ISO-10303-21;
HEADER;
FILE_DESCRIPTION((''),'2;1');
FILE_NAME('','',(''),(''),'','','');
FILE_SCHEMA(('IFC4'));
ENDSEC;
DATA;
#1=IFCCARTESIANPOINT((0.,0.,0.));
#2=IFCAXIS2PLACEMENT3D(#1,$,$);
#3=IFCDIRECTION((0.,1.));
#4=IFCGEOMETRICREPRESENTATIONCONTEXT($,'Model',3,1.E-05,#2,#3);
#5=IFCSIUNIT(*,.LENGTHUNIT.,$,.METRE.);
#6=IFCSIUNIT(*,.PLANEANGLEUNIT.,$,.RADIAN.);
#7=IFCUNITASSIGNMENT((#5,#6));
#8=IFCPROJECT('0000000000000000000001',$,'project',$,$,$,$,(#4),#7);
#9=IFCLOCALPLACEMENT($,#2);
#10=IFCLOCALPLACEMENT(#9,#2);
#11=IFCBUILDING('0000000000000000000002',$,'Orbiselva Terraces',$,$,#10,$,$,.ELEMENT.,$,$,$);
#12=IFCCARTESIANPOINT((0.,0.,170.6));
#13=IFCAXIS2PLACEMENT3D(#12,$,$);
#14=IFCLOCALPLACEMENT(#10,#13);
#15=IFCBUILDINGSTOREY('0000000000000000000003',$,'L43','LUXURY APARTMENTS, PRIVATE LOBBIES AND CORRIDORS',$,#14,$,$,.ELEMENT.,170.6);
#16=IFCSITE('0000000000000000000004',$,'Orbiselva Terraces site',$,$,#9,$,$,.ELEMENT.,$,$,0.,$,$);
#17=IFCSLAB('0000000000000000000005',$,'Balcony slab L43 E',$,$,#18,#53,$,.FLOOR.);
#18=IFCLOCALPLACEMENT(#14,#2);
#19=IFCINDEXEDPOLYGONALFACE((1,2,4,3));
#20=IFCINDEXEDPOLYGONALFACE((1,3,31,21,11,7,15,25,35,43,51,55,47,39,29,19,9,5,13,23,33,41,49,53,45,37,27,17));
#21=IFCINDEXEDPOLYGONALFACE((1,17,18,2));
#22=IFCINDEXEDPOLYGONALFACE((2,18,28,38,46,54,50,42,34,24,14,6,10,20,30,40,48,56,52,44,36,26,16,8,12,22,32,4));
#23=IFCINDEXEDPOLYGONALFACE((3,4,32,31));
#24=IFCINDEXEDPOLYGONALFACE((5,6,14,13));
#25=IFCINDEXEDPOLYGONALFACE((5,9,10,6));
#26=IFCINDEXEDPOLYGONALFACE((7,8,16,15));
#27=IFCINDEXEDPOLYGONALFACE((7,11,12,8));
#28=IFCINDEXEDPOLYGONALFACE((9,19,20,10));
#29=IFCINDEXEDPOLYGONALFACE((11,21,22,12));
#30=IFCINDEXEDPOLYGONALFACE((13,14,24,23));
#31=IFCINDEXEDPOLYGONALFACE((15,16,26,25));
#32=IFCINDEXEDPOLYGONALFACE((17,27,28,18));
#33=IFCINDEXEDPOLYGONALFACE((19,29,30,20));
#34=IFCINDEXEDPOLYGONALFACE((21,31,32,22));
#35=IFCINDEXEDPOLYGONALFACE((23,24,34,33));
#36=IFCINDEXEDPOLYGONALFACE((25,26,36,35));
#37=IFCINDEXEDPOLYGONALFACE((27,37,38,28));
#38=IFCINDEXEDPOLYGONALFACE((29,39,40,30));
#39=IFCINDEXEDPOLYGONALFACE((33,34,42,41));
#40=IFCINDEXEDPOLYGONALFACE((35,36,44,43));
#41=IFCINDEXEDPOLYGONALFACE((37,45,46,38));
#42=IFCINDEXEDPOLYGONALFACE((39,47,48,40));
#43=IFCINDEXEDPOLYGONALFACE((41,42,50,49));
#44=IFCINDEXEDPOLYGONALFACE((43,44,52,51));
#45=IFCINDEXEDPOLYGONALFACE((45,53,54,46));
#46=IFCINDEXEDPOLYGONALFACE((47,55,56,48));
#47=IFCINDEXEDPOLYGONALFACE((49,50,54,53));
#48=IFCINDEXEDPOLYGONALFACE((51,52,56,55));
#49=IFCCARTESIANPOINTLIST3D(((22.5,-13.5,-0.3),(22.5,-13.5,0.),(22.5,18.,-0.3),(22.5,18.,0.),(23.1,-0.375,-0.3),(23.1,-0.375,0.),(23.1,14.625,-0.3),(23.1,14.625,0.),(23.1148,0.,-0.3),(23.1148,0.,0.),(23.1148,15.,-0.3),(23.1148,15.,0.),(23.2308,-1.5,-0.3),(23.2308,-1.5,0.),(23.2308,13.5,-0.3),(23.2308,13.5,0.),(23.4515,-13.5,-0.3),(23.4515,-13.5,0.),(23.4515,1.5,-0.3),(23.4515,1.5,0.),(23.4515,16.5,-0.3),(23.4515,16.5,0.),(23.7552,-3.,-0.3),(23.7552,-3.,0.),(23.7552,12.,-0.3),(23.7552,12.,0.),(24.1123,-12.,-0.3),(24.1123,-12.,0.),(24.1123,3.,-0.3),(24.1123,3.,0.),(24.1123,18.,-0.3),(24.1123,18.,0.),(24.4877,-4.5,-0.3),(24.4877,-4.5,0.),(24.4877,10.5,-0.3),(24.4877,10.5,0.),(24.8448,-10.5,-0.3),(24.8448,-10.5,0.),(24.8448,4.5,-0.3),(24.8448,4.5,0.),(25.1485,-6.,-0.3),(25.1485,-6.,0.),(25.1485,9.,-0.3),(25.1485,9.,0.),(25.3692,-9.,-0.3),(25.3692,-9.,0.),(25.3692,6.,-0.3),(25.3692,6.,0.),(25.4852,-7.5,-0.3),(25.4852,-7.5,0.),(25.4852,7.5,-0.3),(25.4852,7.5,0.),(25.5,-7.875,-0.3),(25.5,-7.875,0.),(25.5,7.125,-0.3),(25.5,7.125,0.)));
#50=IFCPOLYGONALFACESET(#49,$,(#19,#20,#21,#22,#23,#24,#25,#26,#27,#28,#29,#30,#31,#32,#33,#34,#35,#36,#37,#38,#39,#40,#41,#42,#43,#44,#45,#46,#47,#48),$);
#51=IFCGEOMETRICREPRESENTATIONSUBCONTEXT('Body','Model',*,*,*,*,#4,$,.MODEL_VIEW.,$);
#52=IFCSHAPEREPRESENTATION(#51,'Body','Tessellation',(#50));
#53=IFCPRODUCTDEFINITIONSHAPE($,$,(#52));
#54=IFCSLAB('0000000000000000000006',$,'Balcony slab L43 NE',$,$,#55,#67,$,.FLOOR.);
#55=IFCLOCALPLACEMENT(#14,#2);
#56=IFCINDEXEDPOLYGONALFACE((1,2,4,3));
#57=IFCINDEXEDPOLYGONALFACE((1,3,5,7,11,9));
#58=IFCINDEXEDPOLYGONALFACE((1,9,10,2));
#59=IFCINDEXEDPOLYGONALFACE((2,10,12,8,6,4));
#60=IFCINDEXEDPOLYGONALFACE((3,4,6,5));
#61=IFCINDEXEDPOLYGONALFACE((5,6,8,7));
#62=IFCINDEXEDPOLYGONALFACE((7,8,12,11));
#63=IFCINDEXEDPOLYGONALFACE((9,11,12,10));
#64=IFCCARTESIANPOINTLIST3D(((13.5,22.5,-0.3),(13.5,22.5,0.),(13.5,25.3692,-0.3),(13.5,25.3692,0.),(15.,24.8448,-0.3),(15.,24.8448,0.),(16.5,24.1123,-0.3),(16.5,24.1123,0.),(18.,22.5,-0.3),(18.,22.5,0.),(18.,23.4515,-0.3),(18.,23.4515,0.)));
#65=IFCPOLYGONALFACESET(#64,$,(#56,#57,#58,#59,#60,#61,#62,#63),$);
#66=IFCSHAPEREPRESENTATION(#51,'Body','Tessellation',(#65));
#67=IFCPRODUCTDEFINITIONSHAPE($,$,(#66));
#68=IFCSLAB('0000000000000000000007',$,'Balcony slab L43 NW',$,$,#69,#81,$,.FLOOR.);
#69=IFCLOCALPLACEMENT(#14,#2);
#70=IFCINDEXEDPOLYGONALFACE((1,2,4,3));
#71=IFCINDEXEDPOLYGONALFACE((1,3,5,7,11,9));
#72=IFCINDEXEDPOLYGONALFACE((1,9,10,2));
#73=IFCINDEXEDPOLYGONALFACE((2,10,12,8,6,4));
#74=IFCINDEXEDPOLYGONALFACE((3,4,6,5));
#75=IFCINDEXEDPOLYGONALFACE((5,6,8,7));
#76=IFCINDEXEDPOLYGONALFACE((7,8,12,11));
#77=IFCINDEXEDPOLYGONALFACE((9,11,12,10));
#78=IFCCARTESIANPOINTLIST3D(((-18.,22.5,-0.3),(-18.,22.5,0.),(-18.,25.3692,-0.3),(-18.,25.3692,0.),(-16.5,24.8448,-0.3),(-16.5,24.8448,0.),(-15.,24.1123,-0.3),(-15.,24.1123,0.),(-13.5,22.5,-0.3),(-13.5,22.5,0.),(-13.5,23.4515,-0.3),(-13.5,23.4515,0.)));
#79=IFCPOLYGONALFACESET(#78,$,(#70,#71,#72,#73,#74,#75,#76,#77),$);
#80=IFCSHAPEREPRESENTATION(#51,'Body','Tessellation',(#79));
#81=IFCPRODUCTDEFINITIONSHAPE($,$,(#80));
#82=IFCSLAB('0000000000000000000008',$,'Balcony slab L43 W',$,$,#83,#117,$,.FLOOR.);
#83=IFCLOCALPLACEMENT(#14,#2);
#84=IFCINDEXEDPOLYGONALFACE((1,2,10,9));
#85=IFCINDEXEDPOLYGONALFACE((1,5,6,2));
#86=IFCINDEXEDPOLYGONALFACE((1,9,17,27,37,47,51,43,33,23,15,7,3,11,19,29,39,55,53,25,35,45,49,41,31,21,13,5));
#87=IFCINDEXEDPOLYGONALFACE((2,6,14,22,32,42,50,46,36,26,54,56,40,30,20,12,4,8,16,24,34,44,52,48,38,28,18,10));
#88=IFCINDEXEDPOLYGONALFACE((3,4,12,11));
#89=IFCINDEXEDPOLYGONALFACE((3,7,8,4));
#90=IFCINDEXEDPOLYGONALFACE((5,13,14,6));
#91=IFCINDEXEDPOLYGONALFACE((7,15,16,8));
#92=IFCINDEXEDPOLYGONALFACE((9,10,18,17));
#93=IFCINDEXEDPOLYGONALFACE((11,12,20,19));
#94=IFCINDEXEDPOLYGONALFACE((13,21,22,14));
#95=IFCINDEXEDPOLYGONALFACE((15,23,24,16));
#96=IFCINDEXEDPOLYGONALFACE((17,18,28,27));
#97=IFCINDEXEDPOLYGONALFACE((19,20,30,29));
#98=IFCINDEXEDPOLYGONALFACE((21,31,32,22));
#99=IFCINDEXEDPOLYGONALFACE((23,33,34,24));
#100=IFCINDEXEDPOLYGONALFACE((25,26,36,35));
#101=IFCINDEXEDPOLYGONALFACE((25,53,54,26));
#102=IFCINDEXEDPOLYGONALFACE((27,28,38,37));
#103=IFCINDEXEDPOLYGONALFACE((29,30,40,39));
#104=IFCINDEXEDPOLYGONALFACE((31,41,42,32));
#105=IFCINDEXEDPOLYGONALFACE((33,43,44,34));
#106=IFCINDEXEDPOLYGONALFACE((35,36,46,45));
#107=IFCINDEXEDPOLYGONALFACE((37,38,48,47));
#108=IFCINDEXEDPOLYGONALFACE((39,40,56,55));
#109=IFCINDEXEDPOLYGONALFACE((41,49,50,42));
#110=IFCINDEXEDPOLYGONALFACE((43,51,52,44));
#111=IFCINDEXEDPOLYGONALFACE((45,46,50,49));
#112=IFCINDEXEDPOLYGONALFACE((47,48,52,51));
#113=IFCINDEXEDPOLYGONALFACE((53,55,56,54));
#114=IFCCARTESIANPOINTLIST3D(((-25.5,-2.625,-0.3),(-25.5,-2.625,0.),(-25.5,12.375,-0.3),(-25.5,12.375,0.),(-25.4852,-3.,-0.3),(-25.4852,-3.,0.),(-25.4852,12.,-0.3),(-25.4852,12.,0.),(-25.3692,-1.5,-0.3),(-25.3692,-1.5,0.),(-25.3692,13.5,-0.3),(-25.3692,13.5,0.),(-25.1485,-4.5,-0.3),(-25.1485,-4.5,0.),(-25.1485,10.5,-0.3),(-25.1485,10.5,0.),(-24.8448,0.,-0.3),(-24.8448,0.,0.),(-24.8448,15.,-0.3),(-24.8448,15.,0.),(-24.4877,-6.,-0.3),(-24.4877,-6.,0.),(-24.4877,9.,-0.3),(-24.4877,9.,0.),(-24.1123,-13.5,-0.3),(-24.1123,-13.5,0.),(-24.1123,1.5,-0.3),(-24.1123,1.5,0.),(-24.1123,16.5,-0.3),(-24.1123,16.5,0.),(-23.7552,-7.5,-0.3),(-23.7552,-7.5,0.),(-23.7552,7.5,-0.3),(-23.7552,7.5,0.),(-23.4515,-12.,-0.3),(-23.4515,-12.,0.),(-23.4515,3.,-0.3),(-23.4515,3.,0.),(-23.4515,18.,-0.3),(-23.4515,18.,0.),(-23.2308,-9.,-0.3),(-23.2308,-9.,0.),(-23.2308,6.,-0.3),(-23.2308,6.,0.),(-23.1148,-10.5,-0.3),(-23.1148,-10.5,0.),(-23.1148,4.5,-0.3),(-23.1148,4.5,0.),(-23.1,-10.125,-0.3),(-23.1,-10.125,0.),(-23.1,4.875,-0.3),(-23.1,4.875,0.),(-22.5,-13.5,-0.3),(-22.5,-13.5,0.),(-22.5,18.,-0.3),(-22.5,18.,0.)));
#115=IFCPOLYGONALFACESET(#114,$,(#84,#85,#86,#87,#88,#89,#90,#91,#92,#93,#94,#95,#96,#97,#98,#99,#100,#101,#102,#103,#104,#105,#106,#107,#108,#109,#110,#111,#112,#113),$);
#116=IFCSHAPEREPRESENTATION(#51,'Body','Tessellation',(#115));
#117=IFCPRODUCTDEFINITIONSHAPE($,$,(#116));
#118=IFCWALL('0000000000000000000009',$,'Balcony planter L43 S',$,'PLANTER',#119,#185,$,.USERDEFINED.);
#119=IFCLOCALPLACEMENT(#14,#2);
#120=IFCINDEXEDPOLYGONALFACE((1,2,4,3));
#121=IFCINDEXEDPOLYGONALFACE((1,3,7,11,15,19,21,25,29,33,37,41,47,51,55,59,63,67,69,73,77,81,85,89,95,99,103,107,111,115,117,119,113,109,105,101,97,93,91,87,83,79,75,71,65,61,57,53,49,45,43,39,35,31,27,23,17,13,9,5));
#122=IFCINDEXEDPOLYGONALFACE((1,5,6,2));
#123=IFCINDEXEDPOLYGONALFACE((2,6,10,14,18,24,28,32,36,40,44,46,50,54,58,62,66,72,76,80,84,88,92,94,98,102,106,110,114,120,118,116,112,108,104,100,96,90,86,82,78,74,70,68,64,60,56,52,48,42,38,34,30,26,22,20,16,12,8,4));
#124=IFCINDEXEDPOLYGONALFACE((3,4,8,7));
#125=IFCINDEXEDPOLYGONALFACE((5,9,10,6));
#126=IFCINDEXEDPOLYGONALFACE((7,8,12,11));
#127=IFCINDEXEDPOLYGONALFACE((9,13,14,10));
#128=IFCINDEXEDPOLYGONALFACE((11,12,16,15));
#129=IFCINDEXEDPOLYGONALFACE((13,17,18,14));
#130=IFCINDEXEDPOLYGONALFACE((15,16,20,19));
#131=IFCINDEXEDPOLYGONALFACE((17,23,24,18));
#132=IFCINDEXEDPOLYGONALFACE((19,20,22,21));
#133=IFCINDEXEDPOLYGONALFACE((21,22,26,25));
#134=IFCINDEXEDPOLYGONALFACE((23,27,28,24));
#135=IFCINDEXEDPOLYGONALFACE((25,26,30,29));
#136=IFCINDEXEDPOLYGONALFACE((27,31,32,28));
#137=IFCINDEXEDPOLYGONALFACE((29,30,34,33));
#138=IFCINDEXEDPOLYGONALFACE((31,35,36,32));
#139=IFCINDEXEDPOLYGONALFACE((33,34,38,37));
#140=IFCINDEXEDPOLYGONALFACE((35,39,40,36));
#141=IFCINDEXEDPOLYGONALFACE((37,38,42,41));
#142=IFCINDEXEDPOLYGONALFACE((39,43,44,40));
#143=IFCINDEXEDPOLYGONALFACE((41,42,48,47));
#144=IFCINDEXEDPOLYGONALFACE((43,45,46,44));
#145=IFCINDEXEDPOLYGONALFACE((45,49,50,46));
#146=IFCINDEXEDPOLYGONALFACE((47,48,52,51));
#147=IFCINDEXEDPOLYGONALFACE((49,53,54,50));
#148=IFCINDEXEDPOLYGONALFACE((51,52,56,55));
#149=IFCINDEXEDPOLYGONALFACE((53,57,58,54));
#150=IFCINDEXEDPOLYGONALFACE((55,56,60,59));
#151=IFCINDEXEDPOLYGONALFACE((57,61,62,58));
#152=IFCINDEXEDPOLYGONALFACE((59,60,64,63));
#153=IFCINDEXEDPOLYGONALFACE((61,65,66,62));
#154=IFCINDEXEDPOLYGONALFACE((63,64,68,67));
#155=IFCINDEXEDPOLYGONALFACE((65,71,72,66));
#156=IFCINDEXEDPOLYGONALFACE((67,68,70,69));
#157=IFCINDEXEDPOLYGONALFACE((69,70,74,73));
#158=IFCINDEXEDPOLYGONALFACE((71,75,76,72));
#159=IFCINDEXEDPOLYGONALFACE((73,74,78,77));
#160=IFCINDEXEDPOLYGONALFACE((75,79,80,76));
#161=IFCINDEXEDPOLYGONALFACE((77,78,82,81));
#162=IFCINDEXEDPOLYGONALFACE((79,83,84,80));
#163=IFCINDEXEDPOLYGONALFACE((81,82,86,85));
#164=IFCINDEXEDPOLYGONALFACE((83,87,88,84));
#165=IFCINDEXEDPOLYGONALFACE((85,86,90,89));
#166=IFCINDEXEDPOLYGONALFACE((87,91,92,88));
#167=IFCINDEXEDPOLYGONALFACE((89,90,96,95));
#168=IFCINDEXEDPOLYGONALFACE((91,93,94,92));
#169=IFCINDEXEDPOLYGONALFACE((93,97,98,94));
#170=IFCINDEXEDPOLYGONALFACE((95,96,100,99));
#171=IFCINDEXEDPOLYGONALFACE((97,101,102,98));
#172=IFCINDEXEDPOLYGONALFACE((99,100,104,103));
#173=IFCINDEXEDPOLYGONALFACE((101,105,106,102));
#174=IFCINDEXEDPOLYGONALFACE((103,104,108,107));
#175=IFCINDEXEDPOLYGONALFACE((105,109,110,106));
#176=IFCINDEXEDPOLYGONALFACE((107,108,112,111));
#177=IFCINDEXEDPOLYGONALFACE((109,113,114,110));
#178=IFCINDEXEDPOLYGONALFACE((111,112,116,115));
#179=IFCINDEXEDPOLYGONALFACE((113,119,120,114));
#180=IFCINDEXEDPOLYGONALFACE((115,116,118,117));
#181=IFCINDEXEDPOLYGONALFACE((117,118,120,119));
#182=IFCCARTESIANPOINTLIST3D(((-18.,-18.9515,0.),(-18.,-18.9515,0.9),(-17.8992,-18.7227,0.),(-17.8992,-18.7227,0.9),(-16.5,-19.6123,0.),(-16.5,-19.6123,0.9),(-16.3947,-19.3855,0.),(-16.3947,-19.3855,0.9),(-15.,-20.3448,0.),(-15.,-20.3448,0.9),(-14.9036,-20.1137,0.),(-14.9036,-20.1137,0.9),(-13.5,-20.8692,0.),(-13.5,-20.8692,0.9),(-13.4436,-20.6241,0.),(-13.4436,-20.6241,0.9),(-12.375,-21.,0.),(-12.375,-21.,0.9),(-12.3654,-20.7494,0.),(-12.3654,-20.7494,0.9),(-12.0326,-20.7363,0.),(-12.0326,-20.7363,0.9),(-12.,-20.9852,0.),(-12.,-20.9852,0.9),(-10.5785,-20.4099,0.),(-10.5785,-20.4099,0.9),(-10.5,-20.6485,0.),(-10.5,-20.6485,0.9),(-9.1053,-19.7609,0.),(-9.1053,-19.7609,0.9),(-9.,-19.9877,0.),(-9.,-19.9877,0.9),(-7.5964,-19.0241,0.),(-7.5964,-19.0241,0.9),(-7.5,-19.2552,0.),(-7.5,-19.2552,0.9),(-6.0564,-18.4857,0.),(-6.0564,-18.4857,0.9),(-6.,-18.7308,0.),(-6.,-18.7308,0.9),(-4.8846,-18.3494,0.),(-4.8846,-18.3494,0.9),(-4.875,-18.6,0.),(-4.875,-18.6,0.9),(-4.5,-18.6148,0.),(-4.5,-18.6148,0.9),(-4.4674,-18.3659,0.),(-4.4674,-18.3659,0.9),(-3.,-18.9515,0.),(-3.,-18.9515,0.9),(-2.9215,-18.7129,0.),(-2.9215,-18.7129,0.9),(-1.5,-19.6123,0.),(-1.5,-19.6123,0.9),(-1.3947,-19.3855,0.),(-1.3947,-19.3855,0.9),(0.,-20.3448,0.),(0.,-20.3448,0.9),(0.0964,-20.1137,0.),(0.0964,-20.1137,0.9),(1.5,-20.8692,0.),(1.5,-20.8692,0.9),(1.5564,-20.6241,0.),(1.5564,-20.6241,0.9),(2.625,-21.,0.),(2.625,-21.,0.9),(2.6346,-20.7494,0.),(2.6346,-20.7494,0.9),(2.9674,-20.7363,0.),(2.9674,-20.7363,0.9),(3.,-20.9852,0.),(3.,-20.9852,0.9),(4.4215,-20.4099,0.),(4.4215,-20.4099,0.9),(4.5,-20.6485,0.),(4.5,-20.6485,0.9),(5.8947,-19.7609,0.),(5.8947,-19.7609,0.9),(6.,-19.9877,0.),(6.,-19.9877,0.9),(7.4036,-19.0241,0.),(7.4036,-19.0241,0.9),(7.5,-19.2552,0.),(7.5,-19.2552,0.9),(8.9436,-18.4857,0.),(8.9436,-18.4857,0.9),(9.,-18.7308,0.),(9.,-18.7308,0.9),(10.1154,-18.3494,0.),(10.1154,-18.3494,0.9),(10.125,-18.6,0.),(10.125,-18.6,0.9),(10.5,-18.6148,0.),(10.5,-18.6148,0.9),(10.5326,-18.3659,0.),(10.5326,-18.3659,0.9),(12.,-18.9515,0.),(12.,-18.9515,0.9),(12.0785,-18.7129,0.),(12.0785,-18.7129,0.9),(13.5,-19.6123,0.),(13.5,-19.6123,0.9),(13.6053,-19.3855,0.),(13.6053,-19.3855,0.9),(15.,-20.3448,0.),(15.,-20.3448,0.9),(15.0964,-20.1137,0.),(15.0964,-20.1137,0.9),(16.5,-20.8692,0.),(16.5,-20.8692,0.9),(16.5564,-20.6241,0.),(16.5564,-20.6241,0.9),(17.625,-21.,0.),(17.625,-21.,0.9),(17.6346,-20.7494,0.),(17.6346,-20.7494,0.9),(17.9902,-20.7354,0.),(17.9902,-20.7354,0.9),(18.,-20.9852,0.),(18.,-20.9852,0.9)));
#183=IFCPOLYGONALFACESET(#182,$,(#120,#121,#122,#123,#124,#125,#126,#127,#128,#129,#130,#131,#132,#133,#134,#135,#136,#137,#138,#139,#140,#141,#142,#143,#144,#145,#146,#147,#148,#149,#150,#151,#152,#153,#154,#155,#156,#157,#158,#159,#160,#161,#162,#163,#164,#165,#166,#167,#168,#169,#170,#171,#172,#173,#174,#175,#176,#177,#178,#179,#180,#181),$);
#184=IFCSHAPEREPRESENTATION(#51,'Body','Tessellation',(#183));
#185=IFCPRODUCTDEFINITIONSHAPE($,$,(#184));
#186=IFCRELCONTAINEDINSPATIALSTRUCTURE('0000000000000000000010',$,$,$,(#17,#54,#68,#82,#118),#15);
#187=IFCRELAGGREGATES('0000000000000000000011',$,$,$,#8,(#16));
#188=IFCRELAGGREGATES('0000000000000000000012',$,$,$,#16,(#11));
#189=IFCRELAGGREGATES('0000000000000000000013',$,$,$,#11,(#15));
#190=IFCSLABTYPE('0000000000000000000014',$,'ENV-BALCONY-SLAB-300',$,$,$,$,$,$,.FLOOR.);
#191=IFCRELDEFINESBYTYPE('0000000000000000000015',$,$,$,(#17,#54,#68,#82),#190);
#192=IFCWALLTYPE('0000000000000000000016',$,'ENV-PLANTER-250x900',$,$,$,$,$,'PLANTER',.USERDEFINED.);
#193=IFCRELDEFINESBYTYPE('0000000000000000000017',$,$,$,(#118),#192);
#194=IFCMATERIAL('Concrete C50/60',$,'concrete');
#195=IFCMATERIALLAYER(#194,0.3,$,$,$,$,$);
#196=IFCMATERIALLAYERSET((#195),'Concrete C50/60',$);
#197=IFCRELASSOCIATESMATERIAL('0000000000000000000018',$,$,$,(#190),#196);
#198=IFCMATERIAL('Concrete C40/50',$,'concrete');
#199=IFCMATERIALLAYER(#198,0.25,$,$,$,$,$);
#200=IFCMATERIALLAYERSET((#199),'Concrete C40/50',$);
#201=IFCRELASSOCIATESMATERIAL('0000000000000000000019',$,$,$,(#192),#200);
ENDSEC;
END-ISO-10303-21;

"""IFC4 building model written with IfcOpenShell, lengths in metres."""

from ifc_helpers import new_model, si_unit, direction, frame, origin, place, context, subcontext, project, spatial, polyline, outline, extrude, material, layer, layer_set, type_object, element, save


model = new_model("IFC4")

# Units and contexts
model_context = context("Model", 3, precision=1e-05, world=origin(), true_north=direction((0.0, 1.0)))
body_context = subcontext(model_context, "Body", "Model", "MODEL_VIEW")
ifc_project = project(units=[si_unit("LENGTHUNIT", "METRE"), si_unit("PLANEANGLEUNIT", "RADIAN")], contexts=[model_context])

# Site, building, storey
site_placement = place(None, origin())
site = spatial("IfcSite", under=ifc_project, at=site_placement, Name="Orbiselva Terraces site", CompositionType="ELEMENT", RefElevation=0.0)
building_placement = place(site_placement, origin())
building = spatial("IfcBuilding", under=site, at=building_placement, Name="Orbiselva Terraces", CompositionType="ELEMENT")
storey_placement = place(building_placement, frame((0.0, 0.0, 170.6)))
storey = spatial("IfcBuildingStorey", under=building, at=storey_placement, Name="L43", Description="LUXURY APARTMENTS, PRIVATE LOBBIES AND CORRIDORS", CompositionType="ELEMENT", Elevation=170.6)

# Slabs
ifc_material_1 = material(Name="Concrete C40/50", Category="concrete")
ifc_material_2 = material(Name="Concrete C50/60", Category="concrete")
ifc_layer_1 = layer(ifc_material_2, 0.3)
ifc_layer_set_1 = layer_set([ifc_layer_1], Name="Concrete C50/60")
slab_type_1 = type_object("IfcSlabType", Name="ENV-BALCONY-SLAB-300", PredefinedType="FLOOR", material=ifc_layer_set_1)
slab_1_placement = place(storey_placement, frame((0.0, 0.0, -0.3)))
element("IfcSlab", 1, at=slab_1_placement, inside=storey, type_object=slab_type_1, Name="Balcony slab L43 E", PredefinedType="FLOOR", context=body_context, shape_type="SweptSolid", body=[
    extrude(outline(polyline([(23.4515, -13.5), (24.1123, -12.0), (24.8448, -10.5), (25.3692, -9.0), (25.5, -7.875), (25.4852, -7.5), (25.1485, -6.0), (24.4877, -4.5), (23.7552, -3.0), (23.2308, -1.5), (23.1, -0.375), (23.1148, 0.0), (23.4515, 1.5), (24.1123, 3.0), (24.8448, 4.5), (25.3692, 6.0), (25.5, 7.125), (25.4852, 7.5), (25.1485, 9.0), (24.4877, 10.5), (23.7552, 12.0), (23.2308, 13.5), (23.1, 14.625), (23.1148, 15.0), (23.4515, 16.5), (24.1123, 18.0), (22.5, 18.0), (22.5, -13.5), (23.4515, -13.5)])), origin(), (0.0, 0.0, 1.0), 0.3),
])
slab_2_placement = place(storey_placement, frame((0.0, 0.0, -0.3)))
element("IfcSlab", 2, at=slab_2_placement, inside=storey, type_object=slab_type_1, Name="Balcony slab L43 NE", PredefinedType="FLOOR", context=body_context, shape_type="SweptSolid", body=[
    extrude(outline(polyline([(18.0, 23.4515), (16.5, 24.1123), (15.0, 24.8448), (13.5, 25.3692), (13.5, 22.5), (18.0, 22.5), (18.0, 23.4515)])), origin(), (0.0, 0.0, 1.0), 0.3),
])
slab_3_placement = place(storey_placement, frame((0.0, 0.0, -0.3)))
element("IfcSlab", 3, at=slab_3_placement, inside=storey, type_object=slab_type_1, Name="Balcony slab L43 NW", PredefinedType="FLOOR", context=body_context, shape_type="SweptSolid", body=[
    extrude(outline(polyline([(-13.5, 23.4515), (-15.0, 24.1123), (-16.5, 24.8448), (-18.0, 25.3692), (-18.0, 22.5), (-13.5, 22.5), (-13.5, 23.4515)])), origin(), (0.0, 0.0, 1.0), 0.3),
])
slab_4_placement = place(storey_placement, frame((0.0, 0.0, -0.3)))
element("IfcSlab", 4, at=slab_4_placement, inside=storey, type_object=slab_type_1, Name="Balcony slab L43 W", PredefinedType="FLOOR", context=body_context, shape_type="SweptSolid", body=[
    extrude(outline(polyline([(-23.4515, 18.0), (-24.1123, 16.5), (-24.8448, 15.0), (-25.3692, 13.5), (-25.5, 12.375), (-25.4852, 12.0), (-25.1485, 10.5), (-24.4877, 9.0), (-23.7552, 7.5), (-23.2308, 6.0), (-23.1, 4.875), (-23.1148, 4.5), (-23.4515, 3.0), (-24.1123, 1.5), (-24.8448, 0.0), (-25.3692, -1.5), (-25.5, -2.625), (-25.4852, -3.0), (-25.1485, -4.5), (-24.4877, -6.0), (-23.7552, -7.5), (-23.2308, -9.0), (-23.1, -10.125), (-23.1148, -10.5), (-23.4515, -12.0), (-24.1123, -13.5), (-22.5, -13.5), (-22.5, 18.0), (-23.4515, 18.0)])), origin(), (0.0, 0.0, 1.0), 0.3),
])

# Wall
ifc_layer_2 = layer(ifc_material_1, 0.25)
ifc_layer_set_2 = layer_set([ifc_layer_2], Name="Concrete C40/50")
wall_type = type_object("IfcWallType", Name="ENV-PLANTER-250x900", ElementType="PLANTER", PredefinedType="USERDEFINED", material=ifc_layer_set_2)
wall_1_placement = place(storey_placement, origin())
element("IfcWall", 5, at=wall_1_placement, inside=storey, type_object=wall_type, Name="Balcony planter L43 S", ObjectType="PLANTER", PredefinedType="USERDEFINED", context=body_context, shape_type="SweptSolid", body=[
    extrude(outline(polyline([(-18.0, -18.9515), (-16.5, -19.6123), (-15.0, -20.3448), (-13.5, -20.8692), (-12.375, -21.0), (-12.0, -20.9852), (-10.5, -20.6485), (-9.0, -19.9877), (-7.5, -19.2552), (-6.0, -18.7308), (-4.875, -18.6), (-4.5, -18.6148), (-3.0, -18.9515), (-1.5, -19.6123), (0.0, -20.3448), (1.5, -20.8692), (2.625, -21.0), (3.0, -20.9852), (4.5, -20.6485), (6.0, -19.9877), (7.5, -19.2552), (9.0, -18.7308), (10.125, -18.6), (10.5, -18.6148), (12.0, -18.9515), (13.5, -19.6123), (15.0, -20.3448), (16.5, -20.8692), (17.625, -21.0), (18.0, -20.9852), (17.9902, -20.7354), (17.6346, -20.7494), (16.5564, -20.6241), (15.0964, -20.1137), (13.6053, -19.3855), (12.0785, -18.7129), (10.5326, -18.3659), (10.1154, -18.3494), (8.9436, -18.4857), (7.4036, -19.0241), (5.8947, -19.7609), (4.4215, -20.4099), (2.9674, -20.7363), (2.6346, -20.7494), (1.5564, -20.6241), (0.0964, -20.1137), (-1.3947, -19.3855), (-2.9215, -18.7129), (-4.4674, -18.3659), (-4.8846, -18.3494), (-6.0564, -18.4857), (-7.5964, -19.0241), (-9.1053, -19.7609), (-10.5785, -20.4099), (-12.0326, -20.7363), (-12.3654, -20.7494), (-13.4436, -20.6241), (-14.9036, -20.1137), (-16.3947, -19.3855), (-17.8992, -18.7227), (-18.0, -18.9515)])), origin(), (0.0, 0.0, 1.0), 0.9),
])

save(model, "model.ifc")
